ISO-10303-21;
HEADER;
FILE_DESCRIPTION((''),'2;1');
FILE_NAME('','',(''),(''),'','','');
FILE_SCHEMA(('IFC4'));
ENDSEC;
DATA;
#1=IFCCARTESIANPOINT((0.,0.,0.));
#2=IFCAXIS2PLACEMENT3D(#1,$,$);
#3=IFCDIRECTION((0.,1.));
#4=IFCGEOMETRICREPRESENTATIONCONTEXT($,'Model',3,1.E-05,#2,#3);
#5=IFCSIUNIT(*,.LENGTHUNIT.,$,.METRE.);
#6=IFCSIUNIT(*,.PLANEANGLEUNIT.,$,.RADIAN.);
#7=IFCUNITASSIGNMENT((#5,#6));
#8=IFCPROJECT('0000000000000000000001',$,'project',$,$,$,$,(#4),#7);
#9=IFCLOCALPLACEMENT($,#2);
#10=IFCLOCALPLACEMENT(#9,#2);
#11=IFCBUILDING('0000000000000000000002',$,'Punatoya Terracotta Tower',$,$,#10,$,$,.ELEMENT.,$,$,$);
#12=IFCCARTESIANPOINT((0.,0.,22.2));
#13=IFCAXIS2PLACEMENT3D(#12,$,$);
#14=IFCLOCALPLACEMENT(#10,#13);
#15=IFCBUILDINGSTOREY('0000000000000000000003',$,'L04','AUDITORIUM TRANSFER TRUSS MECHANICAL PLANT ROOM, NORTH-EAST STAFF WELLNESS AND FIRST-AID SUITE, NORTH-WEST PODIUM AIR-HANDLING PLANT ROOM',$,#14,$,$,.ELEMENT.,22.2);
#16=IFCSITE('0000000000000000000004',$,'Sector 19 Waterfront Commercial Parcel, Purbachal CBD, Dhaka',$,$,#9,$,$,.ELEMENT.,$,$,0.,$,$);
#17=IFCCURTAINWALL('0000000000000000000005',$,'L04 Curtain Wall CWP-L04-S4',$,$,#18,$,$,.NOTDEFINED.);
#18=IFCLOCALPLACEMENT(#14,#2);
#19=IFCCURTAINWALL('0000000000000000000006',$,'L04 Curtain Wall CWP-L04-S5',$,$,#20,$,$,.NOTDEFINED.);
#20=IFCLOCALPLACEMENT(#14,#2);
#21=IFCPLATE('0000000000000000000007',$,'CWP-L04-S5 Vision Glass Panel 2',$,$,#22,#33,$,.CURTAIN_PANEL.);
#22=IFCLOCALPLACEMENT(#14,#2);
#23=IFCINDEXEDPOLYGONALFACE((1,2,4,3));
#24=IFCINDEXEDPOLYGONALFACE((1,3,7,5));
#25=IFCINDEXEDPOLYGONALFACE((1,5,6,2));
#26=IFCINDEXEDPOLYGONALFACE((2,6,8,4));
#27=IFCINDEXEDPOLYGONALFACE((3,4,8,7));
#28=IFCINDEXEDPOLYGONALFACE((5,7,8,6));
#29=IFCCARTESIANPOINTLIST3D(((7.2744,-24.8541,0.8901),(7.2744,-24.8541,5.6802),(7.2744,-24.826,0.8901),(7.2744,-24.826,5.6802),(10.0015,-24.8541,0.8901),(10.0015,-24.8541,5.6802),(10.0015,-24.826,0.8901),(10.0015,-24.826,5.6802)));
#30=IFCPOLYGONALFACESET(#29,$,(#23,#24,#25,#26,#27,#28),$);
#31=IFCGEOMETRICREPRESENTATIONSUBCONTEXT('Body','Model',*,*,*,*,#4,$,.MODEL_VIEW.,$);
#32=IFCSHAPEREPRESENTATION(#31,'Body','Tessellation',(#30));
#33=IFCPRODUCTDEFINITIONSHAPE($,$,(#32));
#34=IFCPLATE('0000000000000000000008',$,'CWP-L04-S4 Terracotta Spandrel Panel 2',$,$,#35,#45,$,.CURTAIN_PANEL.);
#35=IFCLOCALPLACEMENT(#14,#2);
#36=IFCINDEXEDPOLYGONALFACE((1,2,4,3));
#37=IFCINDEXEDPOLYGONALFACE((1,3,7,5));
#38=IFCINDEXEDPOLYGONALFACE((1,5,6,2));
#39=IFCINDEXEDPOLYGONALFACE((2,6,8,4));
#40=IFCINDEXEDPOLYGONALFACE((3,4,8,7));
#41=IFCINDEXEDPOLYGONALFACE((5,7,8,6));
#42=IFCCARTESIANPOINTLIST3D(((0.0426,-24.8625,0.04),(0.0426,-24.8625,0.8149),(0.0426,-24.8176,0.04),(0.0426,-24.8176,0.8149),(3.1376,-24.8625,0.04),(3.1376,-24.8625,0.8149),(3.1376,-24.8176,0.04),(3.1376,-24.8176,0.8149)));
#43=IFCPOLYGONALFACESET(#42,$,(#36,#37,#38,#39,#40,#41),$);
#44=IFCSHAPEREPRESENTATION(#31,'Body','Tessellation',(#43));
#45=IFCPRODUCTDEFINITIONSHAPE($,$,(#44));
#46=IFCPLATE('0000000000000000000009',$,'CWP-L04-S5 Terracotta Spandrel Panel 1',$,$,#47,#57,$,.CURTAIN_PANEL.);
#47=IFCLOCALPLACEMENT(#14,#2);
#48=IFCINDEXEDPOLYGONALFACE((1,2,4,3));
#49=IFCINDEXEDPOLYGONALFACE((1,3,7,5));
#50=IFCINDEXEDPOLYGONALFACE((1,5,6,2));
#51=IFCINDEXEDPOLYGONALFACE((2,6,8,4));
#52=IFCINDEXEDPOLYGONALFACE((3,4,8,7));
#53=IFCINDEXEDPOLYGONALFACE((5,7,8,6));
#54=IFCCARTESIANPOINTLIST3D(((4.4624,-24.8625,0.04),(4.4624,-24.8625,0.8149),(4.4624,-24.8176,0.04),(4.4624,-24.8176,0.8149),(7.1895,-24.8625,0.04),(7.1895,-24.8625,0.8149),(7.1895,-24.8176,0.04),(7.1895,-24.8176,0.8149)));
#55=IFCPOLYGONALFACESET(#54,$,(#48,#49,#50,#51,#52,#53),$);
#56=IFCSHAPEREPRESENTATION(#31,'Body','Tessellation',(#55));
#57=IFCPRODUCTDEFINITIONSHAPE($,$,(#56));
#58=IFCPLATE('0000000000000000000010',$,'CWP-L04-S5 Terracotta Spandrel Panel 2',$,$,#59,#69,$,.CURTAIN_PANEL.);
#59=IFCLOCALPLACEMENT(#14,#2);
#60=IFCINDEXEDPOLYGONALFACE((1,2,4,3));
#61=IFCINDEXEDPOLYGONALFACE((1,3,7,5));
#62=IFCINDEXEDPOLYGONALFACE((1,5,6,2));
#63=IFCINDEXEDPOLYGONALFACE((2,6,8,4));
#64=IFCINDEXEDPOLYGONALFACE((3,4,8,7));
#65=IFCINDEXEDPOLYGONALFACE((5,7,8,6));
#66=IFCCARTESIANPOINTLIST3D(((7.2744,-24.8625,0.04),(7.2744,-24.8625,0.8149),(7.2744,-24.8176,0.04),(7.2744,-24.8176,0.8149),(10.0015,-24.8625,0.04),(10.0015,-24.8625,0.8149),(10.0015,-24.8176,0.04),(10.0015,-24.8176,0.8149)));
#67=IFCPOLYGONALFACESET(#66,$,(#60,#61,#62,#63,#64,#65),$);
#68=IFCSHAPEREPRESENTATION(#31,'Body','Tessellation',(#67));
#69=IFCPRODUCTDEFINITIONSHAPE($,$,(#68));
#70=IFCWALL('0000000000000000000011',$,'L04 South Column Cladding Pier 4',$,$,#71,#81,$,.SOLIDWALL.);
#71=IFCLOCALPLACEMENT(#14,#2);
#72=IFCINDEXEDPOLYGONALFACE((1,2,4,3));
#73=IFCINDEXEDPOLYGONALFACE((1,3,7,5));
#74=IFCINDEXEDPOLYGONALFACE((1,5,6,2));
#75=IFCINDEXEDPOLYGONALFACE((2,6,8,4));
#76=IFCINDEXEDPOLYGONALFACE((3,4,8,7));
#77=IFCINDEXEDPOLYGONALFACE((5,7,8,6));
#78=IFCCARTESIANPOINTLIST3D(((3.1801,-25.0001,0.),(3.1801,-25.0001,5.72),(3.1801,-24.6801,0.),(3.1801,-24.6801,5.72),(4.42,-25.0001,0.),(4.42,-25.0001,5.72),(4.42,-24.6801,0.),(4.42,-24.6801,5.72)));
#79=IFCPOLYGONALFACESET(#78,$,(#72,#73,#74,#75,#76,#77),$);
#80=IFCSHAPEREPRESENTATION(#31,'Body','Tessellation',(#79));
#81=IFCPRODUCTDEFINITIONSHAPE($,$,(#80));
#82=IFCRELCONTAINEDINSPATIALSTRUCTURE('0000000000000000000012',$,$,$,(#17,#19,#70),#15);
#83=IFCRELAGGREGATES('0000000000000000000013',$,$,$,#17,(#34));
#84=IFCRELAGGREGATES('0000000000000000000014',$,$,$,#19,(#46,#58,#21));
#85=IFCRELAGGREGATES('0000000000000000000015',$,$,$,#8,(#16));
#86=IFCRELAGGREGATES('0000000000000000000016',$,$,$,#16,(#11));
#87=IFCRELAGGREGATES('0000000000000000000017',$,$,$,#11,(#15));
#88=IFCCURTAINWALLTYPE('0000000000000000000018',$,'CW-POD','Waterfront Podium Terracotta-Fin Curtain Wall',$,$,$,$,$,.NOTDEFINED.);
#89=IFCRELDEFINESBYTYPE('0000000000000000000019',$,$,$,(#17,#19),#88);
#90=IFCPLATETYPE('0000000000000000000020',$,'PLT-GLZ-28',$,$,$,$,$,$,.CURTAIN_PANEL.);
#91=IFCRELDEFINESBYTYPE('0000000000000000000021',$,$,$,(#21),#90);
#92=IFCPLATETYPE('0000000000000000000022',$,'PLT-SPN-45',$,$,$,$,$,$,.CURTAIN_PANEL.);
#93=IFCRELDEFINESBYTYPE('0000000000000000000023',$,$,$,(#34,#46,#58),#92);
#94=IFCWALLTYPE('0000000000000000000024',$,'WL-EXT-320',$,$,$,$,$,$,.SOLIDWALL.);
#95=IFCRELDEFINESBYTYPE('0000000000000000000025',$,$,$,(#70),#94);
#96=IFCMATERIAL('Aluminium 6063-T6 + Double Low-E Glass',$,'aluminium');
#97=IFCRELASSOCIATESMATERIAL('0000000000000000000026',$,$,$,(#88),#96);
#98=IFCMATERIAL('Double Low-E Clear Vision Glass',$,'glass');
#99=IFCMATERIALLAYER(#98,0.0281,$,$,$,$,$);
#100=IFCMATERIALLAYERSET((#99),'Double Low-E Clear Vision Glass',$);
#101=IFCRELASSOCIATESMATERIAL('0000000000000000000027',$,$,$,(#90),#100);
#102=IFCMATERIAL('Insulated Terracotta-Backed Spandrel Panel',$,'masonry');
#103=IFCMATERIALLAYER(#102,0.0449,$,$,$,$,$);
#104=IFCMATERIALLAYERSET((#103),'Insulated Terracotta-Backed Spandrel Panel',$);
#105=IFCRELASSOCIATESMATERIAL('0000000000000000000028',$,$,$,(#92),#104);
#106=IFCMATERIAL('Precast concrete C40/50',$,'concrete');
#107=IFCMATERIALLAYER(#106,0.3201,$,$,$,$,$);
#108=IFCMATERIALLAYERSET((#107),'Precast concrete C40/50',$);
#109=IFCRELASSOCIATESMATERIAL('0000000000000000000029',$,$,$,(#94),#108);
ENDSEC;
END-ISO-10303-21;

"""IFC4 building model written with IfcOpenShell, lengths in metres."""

from ifc_helpers import new_model, si_unit, direction, frame, frame_2d, origin, origin_2d, place, context, subcontext, project, spatial, rectangle, extrude, material, layer, layer_set, type_object, element, aggregate, save


model = new_model("IFC4")

# Units and contexts
model_context = context("Model", 3, precision=1e-05, world=origin(), true_north=direction((0.0, 1.0)))
body_context = subcontext(model_context, "Body", "Model", "MODEL_VIEW")
ifc_project = project(units=[si_unit("LENGTHUNIT", "METRE"), si_unit("PLANEANGLEUNIT", "RADIAN")], contexts=[model_context])

# Site, building, storey
site_placement = place(None, origin())
site = spatial("IfcSite", under=ifc_project, at=site_placement, Name="Sector 19 Waterfront Commercial Parcel, Purbachal CBD, Dhaka", CompositionType="ELEMENT", RefElevation=0.0)
building_placement = place(site_placement, origin())
building = spatial("IfcBuilding", under=site, at=building_placement, Name="Punatoya Terracotta Tower", CompositionType="ELEMENT")
storey_placement = place(building_placement, frame((0.0, 0.0, 22.2)))
storey = spatial("IfcBuildingStorey", under=building, at=storey_placement, Name="L04", Description="AUDITORIUM TRANSFER TRUSS MECHANICAL PLANT ROOM, NORTH-EAST STAFF WELLNESS AND FIRST-AID SUITE, NORTH-WEST PODIUM AIR-HANDLING PLANT ROOM", CompositionType="ELEMENT", Elevation=22.2)

# Curtain wall
ifc_material_1 = material(Name="Aluminium 6063-T6 + Double Low-E Glass", Category="aluminium")
curtain_wall_type = type_object("IfcCurtainWallType", Name="CW-POD", Description="Waterfront Podium Terracotta-Fin Curtain Wall", PredefinedType="NOTDEFINED", material=ifc_material_1)
curtain_wall_1_placement = place(storey_placement, origin())
curtain_wall_1 = element("IfcCurtainWall", 1, at=curtain_wall_1_placement, inside=storey, type_object=curtain_wall_type, Name="L04 Curtain Wall CWP-L04-S4", PredefinedType="NOTDEFINED")

# Curtain wall
curtain_wall_2_placement = place(storey_placement, origin())
curtain_wall_2 = element("IfcCurtainWall", 2, at=curtain_wall_2_placement, inside=storey, type_object=curtain_wall_type, Name="L04 Curtain Wall CWP-L04-S5", PredefinedType="NOTDEFINED")

# Plates
ifc_material_2 = material(Name="Double Low-E Clear Vision Glass", Category="glass")
ifc_layer_1 = layer(ifc_material_2, 0.0281)
ifc_layer_set_1 = layer_set([ifc_layer_1], Name="Double Low-E Clear Vision Glass")
plate_type_1 = type_object("IfcPlateType", Name="PLT-GLZ-28", PredefinedType="CURTAIN_PANEL", material=ifc_layer_set_1)
plate_1_placement = place(storey_placement, frame((8.6379, -24.8401, 0.8901), z_axis=(0.0, 0.0, 1.0), x_axis=(1.0, 0.0, 0.0)))
plate_1 = element("IfcPlate", 3, at=plate_1_placement, type_object=plate_type_1, Name="CWP-L04-S5 Vision Glass Panel 2", PredefinedType="CURTAIN_PANEL", context=body_context, shape_type="SweptSolid", body=[
    extrude(rectangle(XDim=2.7271, YDim=0.0281, at=origin_2d()), origin(), (0.0, 0.0, 1.0), 4.79),
])
ifc_material_3 = material(Name="Insulated Terracotta-Backed Spandrel Panel", Category="masonry")
ifc_layer_2 = layer(ifc_material_3, 0.0449)
ifc_layer_set_2 = layer_set([ifc_layer_2], Name="Insulated Terracotta-Backed Spandrel Panel")
plate_type_2 = type_object("IfcPlateType", Name="PLT-SPN-45", PredefinedType="CURTAIN_PANEL", material=ifc_layer_set_2)
plate_2_placement = place(storey_placement, frame((1.5901, -24.8401, 0.04), z_axis=(0.0, 0.0, 1.0), x_axis=(1.0, 0.0, 0.0)))
plate_2 = element("IfcPlate", 4, at=plate_2_placement, type_object=plate_type_2, Name="CWP-L04-S4 Terracotta Spandrel Panel 2", PredefinedType="CURTAIN_PANEL", context=body_context, shape_type="SweptSolid", body=[
    extrude(rectangle(XDim=3.095, YDim=0.0449, at=origin_2d()), origin(), (0.0, 0.0, 1.0), 0.7749),
])
aggregate(curtain_wall_1, [plate_2])
plate_3_placement = place(storey_placement, frame((5.8259, -24.8401, 0.04), z_axis=(0.0, 0.0, 1.0), x_axis=(1.0, 0.0, 0.0)))
plate_3 = element("IfcPlate", 5, at=plate_3_placement, type_object=plate_type_2, Name="CWP-L04-S5 Terracotta Spandrel Panel 1", PredefinedType="CURTAIN_PANEL", context=body_context, shape_type="SweptSolid", body=[
    extrude(rectangle(XDim=2.7271, YDim=0.0449, at=origin_2d()), origin(), (0.0, 0.0, 1.0), 0.7749),
])
plate_4_placement = place(storey_placement, frame((8.6379, -24.8401, 0.04), z_axis=(0.0, 0.0, 1.0), x_axis=(1.0, 0.0, 0.0)))
plate_4 = element("IfcPlate", 6, at=plate_4_placement, type_object=plate_type_2, Name="CWP-L04-S5 Terracotta Spandrel Panel 2", PredefinedType="CURTAIN_PANEL", context=body_context, shape_type="SweptSolid", body=[
    extrude(rectangle(XDim=2.7271, YDim=0.0449, at=origin_2d()), origin(), (0.0, 0.0, 1.0), 0.7749),
])
aggregate(curtain_wall_2, [plate_3, plate_4, plate_1])

# Wall
ifc_material_4 = material(Name="Precast concrete C40/50", Category="concrete")
ifc_layer_3 = layer(ifc_material_4, 0.3201)
ifc_layer_set_3 = layer_set([ifc_layer_3], Name="Precast concrete C40/50")
wall_type = type_object("IfcWallType", Name="WL-EXT-320", PredefinedType="SOLIDWALL", material=ifc_layer_set_3)
wall_placement = place(storey_placement, frame((3.1799, -24.8401, 0.0), z_axis=(0.0, 0.0, 1.0), x_axis=(1.0, 0.0, 0.0)))
element("IfcWall", 7, at=wall_placement, inside=storey, type_object=wall_type, Name="L04 South Column Cladding Pier 4", PredefinedType="SOLIDWALL", context=body_context, shape_type="SweptSolid", body=[
    extrude(rectangle(XDim=1.24, YDim=0.3201, at=frame_2d((0.6201, 0.0))), origin(), (0.0, 0.0, 1.0), 5.72),
])

save(model, "model.ifc")
